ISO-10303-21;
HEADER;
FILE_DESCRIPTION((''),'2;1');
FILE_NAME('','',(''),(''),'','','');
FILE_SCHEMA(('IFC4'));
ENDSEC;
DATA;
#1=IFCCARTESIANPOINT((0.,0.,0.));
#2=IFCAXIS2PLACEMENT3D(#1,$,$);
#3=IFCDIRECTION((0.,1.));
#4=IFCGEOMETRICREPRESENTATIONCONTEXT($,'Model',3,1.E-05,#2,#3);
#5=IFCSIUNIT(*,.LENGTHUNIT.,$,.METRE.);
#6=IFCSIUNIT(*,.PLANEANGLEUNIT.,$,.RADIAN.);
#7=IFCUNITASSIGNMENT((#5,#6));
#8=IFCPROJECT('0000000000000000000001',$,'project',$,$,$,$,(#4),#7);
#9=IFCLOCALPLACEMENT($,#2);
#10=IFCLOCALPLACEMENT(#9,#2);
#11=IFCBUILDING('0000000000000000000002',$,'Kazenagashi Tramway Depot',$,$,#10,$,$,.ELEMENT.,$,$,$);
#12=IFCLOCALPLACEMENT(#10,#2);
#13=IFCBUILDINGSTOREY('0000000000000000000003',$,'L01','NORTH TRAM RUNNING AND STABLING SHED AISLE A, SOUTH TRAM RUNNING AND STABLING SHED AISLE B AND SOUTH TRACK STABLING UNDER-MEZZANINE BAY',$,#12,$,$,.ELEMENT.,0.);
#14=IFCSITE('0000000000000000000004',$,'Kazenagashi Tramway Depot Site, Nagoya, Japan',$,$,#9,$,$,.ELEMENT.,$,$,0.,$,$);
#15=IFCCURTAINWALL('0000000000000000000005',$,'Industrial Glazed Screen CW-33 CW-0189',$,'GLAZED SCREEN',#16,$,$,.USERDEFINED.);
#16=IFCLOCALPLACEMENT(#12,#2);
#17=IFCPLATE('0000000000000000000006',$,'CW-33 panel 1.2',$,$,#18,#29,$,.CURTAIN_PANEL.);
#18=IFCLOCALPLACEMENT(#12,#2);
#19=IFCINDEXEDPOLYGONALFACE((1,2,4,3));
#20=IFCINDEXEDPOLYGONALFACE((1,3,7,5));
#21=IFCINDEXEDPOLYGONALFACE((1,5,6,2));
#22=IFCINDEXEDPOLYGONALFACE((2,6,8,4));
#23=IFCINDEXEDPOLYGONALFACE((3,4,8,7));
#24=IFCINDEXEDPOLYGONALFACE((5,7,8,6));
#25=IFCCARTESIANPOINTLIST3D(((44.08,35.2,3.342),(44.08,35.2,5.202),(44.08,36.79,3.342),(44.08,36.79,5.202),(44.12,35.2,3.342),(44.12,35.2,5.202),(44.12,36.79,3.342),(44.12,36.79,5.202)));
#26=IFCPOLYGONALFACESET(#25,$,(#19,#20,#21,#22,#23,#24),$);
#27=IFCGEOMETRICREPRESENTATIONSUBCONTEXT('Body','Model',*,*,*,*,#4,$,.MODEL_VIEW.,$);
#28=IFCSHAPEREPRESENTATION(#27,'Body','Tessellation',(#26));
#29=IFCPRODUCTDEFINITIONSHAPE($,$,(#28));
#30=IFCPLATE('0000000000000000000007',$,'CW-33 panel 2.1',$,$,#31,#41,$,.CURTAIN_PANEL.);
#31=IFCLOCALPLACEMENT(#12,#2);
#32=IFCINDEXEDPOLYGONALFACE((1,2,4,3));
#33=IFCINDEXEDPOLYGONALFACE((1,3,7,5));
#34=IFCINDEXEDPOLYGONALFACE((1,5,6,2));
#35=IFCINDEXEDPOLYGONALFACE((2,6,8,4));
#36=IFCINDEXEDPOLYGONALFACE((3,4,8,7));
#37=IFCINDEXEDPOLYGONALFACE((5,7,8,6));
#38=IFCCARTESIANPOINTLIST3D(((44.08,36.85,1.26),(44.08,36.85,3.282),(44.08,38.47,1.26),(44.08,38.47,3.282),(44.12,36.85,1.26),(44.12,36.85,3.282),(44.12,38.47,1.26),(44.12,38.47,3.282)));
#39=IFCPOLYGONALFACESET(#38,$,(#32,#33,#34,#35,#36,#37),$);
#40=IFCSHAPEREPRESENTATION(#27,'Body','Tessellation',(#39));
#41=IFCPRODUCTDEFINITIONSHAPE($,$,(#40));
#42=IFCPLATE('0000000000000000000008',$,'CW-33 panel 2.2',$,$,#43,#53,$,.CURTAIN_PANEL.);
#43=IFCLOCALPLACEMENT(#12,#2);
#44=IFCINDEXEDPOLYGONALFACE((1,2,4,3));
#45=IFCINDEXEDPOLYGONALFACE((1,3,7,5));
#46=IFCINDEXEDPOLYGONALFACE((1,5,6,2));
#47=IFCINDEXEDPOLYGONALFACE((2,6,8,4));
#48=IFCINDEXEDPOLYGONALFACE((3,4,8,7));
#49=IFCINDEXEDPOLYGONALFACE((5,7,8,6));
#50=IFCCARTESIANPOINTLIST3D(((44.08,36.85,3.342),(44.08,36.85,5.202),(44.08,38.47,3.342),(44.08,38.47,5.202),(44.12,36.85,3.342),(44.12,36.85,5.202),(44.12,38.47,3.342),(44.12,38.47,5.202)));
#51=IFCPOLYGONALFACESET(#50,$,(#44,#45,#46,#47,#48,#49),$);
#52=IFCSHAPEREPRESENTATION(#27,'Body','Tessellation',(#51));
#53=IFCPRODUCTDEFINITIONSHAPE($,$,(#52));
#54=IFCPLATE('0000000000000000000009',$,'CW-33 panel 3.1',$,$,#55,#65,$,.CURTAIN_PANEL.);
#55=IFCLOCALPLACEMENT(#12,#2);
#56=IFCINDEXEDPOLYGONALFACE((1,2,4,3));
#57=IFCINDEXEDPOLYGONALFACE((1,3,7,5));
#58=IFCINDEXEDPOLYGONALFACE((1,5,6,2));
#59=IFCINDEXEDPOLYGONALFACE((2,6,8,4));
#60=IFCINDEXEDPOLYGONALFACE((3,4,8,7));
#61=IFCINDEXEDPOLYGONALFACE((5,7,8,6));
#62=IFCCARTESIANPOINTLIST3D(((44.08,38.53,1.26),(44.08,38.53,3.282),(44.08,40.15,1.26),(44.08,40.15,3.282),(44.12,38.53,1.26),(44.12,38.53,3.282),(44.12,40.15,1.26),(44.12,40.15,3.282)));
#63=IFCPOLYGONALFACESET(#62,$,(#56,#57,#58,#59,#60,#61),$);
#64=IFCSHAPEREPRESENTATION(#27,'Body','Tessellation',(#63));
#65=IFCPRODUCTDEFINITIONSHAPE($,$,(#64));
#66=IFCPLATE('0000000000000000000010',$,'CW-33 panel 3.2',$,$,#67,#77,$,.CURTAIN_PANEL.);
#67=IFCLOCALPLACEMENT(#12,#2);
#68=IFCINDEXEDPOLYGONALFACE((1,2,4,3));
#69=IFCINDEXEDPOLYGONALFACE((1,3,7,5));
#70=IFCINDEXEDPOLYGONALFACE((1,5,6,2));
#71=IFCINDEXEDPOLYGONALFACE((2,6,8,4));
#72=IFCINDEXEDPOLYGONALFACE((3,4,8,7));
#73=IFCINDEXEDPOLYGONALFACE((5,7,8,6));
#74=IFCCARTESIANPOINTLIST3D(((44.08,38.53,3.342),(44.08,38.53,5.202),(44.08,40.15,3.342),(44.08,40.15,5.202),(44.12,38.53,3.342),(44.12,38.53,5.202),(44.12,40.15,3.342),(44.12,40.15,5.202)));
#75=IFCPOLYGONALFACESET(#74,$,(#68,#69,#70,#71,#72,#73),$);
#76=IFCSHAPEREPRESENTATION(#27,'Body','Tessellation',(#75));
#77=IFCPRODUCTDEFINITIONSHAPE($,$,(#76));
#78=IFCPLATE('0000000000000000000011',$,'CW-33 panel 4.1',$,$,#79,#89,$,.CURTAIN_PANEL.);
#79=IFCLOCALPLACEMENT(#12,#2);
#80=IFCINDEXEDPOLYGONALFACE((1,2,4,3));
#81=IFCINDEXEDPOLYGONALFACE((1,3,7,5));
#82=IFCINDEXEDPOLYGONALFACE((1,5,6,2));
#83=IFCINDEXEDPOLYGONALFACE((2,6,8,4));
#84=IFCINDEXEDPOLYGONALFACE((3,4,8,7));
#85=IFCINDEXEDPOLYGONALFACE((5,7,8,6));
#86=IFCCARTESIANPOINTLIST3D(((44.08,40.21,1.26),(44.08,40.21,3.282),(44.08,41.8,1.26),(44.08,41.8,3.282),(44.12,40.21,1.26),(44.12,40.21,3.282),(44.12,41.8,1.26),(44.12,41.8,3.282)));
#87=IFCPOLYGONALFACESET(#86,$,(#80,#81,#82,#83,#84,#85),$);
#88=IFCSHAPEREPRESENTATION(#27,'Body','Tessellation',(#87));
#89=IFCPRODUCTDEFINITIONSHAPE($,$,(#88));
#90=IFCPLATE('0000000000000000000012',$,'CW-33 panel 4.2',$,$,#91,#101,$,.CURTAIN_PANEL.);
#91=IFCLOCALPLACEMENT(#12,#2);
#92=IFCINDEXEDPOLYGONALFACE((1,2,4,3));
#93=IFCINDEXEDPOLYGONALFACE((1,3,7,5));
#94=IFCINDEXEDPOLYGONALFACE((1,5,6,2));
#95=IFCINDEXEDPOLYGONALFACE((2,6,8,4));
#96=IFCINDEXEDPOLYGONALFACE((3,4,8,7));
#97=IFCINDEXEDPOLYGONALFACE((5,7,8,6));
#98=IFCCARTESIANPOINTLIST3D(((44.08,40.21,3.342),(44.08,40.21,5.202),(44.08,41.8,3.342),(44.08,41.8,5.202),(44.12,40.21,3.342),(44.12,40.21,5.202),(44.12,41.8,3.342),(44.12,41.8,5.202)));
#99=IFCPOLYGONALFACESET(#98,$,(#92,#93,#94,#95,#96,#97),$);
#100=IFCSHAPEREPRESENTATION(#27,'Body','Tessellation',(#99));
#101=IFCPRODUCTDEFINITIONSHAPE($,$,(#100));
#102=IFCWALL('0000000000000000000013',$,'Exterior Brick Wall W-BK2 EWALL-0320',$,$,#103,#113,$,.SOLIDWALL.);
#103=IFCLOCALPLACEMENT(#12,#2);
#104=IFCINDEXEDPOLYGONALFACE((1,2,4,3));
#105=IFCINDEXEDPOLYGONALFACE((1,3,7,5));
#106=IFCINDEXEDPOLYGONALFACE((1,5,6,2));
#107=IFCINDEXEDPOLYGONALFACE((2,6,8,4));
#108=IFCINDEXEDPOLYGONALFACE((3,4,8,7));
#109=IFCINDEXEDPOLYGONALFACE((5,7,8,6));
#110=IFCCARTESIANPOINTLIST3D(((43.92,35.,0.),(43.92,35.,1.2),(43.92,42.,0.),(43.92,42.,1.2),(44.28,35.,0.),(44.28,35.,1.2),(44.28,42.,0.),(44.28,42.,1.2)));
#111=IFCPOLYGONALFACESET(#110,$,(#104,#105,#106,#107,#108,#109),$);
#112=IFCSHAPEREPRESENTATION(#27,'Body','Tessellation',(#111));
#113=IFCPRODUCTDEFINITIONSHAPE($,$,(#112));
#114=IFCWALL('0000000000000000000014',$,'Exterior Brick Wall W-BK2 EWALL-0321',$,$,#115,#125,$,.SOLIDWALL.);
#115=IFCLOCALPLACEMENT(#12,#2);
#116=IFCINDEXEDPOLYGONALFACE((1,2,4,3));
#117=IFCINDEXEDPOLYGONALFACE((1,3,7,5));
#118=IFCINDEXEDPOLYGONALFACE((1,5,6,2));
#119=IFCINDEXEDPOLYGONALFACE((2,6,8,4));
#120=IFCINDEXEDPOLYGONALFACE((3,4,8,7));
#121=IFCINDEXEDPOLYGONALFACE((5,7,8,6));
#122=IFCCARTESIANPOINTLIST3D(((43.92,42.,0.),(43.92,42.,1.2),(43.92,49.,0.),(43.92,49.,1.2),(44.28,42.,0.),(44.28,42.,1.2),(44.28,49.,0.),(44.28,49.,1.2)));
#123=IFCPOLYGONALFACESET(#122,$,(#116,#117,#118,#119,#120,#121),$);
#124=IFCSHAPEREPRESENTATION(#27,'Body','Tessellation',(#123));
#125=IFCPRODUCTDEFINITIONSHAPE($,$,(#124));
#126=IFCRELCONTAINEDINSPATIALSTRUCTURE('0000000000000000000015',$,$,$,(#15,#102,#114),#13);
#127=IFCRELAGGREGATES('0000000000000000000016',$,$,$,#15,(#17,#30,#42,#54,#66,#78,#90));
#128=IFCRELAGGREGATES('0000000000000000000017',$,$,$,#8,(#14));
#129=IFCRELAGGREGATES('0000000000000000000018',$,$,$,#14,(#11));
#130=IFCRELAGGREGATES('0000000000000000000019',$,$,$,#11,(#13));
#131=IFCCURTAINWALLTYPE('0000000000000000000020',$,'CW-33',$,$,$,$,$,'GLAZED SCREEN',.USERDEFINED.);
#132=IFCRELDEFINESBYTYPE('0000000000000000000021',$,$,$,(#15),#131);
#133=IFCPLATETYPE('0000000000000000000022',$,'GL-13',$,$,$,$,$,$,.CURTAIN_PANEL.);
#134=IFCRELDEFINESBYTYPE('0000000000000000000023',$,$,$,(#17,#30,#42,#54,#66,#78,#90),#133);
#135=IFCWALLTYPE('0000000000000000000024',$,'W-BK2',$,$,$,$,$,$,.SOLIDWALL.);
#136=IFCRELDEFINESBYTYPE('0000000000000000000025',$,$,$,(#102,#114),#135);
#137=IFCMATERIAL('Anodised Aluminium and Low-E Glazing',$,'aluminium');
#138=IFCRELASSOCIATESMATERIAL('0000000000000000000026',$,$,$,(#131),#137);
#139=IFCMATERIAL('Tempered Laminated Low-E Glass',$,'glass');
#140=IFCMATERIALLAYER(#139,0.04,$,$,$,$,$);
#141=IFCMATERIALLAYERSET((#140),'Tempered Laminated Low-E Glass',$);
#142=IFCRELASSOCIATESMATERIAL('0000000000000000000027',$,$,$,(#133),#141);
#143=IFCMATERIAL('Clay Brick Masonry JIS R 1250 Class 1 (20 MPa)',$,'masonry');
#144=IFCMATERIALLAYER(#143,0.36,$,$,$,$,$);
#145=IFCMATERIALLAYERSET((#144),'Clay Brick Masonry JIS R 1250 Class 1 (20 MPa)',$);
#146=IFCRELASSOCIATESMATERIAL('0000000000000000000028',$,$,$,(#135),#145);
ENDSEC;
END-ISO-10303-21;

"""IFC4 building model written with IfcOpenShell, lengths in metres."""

from ifc_helpers import new_model, si_unit, direction, frame, frame_2d, origin, origin_2d, place, context, subcontext, project, spatial, rectangle, extrude, material, layer, layer_set, type_object, element, aggregate, save


model = new_model("IFC4")

# Units and contexts
model_context = context("Model", 3, precision=1e-05, world=origin(), true_north=direction((0.0, 1.0)))
body_context = subcontext(model_context, "Body", "Model", "MODEL_VIEW")
ifc_project = project(units=[si_unit("LENGTHUNIT", "METRE"), si_unit("PLANEANGLEUNIT", "RADIAN")], contexts=[model_context])

# Site, building, storey
site_placement = place(None, origin())
site = spatial("IfcSite", under=ifc_project, at=site_placement, Name="Kazenagashi Tramway Depot Site, Nagoya, Japan", CompositionType="ELEMENT", RefElevation=0.0)
building_placement = place(site_placement, origin())
building = spatial("IfcBuilding", under=site, at=building_placement, Name="Kazenagashi Tramway Depot", CompositionType="ELEMENT")
storey_placement = place(building_placement, origin())
storey = spatial("IfcBuildingStorey", under=building, at=storey_placement, Name="L01", Description="NORTH TRAM RUNNING AND STABLING SHED AISLE A, SOUTH TRAM RUNNING AND STABLING SHED AISLE B AND SOUTH TRACK STABLING UNDER-MEZZANINE BAY", CompositionType="ELEMENT", Elevation=0.0)

# Shared definitions
ifc_material_1 = material(Name="Anodised Aluminium and Low-E Glazing", Category="aluminium")
curtain_wall_type = type_object("IfcCurtainWallType", Name="CW-33", ElementType="GLAZED SCREEN", PredefinedType="USERDEFINED", material=ifc_material_1)

# Curtain wall, plates
curtain_wall_1_placement = place(storey_placement, origin())
curtain_wall_1 = element("IfcCurtainWall", 1, at=curtain_wall_1_placement, inside=storey, type_object=curtain_wall_type, Name="Industrial Glazed Screen CW-33 CW-0189", ObjectType="GLAZED SCREEN", PredefinedType="USERDEFINED")
ifc_material_2 = material(Name="Tempered Laminated Low-E Glass", Category="glass")
ifc_layer_1 = layer(ifc_material_2, 0.04)
ifc_layer_set_1 = layer_set([ifc_layer_1], Name="Tempered Laminated Low-E Glass")
plate_type = type_object("IfcPlateType", Name="GL-13", PredefinedType="CURTAIN_PANEL", material=ifc_layer_set_1)
plate_1_placement = place(storey_placement, frame((44.1, 35.995, 3.342), z_axis=(0.0, 0.0, 1.0), x_axis=(0.0, 1.0, 0.0)))
plate_1 = element("IfcPlate", 2, at=plate_1_placement, type_object=plate_type, Name="CW-33 panel 1.2", PredefinedType="CURTAIN_PANEL", context=body_context, shape_type="SweptSolid", body=[
    extrude(rectangle(XDim=1.59, YDim=0.04, at=origin_2d()), origin(), (0.0, 0.0, 1.0), 1.86),
])
plate_2_placement = place(storey_placement, frame((44.1, 37.66, 1.26), z_axis=(0.0, 0.0, 1.0), x_axis=(0.0, 1.0, 0.0)))
plate_2 = element("IfcPlate", 3, at=plate_2_placement, type_object=plate_type, Name="CW-33 panel 2.1", PredefinedType="CURTAIN_PANEL", context=body_context, shape_type="SweptSolid", body=[
    extrude(rectangle(XDim=1.62, YDim=0.04, at=origin_2d()), origin(), (0.0, 0.0, 1.0), 2.022),
])
plate_3_placement = place(storey_placement, frame((44.1, 37.66, 3.342), z_axis=(0.0, 0.0, 1.0), x_axis=(0.0, 1.0, 0.0)))
plate_3 = element("IfcPlate", 4, at=plate_3_placement, type_object=plate_type, Name="CW-33 panel 2.2", PredefinedType="CURTAIN_PANEL", context=body_context, shape_type="SweptSolid", body=[
    extrude(rectangle(XDim=1.62, YDim=0.04, at=origin_2d()), origin(), (0.0, 0.0, 1.0), 1.86),
])
plate_4_placement = place(storey_placement, frame((44.1, 39.34, 1.26), z_axis=(0.0, 0.0, 1.0), x_axis=(0.0, 1.0, 0.0)))
plate_4 = element("IfcPlate", 5, at=plate_4_placement, type_object=plate_type, Name="CW-33 panel 3.1", PredefinedType="CURTAIN_PANEL", context=body_context, shape_type="SweptSolid", body=[
    extrude(rectangle(XDim=1.62, YDim=0.04, at=origin_2d()), origin(), (0.0, 0.0, 1.0), 2.022),
])
plate_5_placement = place(storey_placement, frame((44.1, 39.34, 3.342), z_axis=(0.0, 0.0, 1.0), x_axis=(0.0, 1.0, 0.0)))
plate_5 = element("IfcPlate", 6, at=plate_5_placement, type_object=plate_type, Name="CW-33 panel 3.2", PredefinedType="CURTAIN_PANEL", context=body_context, shape_type="SweptSolid", body=[
    extrude(rectangle(XDim=1.62, YDim=0.04, at=origin_2d()), origin(), (0.0, 0.0, 1.0), 1.86),
])
plate_6_placement = place(storey_placement, frame((44.1, 41.005, 1.26), z_axis=(0.0, 0.0, 1.0), x_axis=(0.0, 1.0, 0.0)))
plate_6 = element("IfcPlate", 7, at=plate_6_placement, type_object=plate_type, Name="CW-33 panel 4.1", PredefinedType="CURTAIN_PANEL", context=body_context, shape_type="SweptSolid", body=[
    extrude(rectangle(XDim=1.59, YDim=0.04, at=origin_2d()), origin(), (0.0, 0.0, 1.0), 2.022),
])
plate_7_placement = place(storey_placement, frame((44.1, 41.005, 3.342), z_axis=(0.0, 0.0, 1.0), x_axis=(0.0, 1.0, 0.0)))
plate_7 = element("IfcPlate", 8, at=plate_7_placement, type_object=plate_type, Name="CW-33 panel 4.2", PredefinedType="CURTAIN_PANEL", context=body_context, shape_type="SweptSolid", body=[
    extrude(rectangle(XDim=1.59, YDim=0.04, at=origin_2d()), origin(), (0.0, 0.0, 1.0), 1.86),
])
aggregate(curtain_wall_1, [plate_1, plate_2, plate_3, plate_4, plate_5, plate_6, plate_7])

# Walls
ifc_material_3 = material(Name="Clay Brick Masonry JIS R 1250 Class 1 (20 MPa)", Category="masonry")
ifc_layer_2 = layer(ifc_material_3, 0.36)
ifc_layer_set_2 = layer_set([ifc_layer_2], Name="Clay Brick Masonry JIS R 1250 Class 1 (20 MPa)")
wall_type = type_object("IfcWallType", Name="W-BK2", PredefinedType="SOLIDWALL", material=ifc_layer_set_2)
for number, where, z_axis, x_axis, name in (
    (9, (44.1, 35.0, 0.0), (0.0, 0.0, 1.0), (0.0, 1.0, 0.0), "Exterior Brick Wall W-BK2 EWALL-0320"),
    (10, (44.1, 42.0, 0.0), (0.0, 0.0, 1.0), (0.0, 1.0, 0.0), "Exterior Brick Wall W-BK2 EWALL-0321"),
):
    element("IfcWall", number, at=place(storey_placement, frame(where, z_axis=z_axis, x_axis=x_axis)), inside=storey, type_object=wall_type, Name=name, PredefinedType="SOLIDWALL", context=body_context, shape_type="SweptSolid", body=[
        extrude(rectangle(XDim=7.0, YDim=0.36, at=frame_2d((3.5, 0.0))), origin(), (0.0, 0.0, 1.0), 1.2),
    ])

save(model, "model.ifc")
